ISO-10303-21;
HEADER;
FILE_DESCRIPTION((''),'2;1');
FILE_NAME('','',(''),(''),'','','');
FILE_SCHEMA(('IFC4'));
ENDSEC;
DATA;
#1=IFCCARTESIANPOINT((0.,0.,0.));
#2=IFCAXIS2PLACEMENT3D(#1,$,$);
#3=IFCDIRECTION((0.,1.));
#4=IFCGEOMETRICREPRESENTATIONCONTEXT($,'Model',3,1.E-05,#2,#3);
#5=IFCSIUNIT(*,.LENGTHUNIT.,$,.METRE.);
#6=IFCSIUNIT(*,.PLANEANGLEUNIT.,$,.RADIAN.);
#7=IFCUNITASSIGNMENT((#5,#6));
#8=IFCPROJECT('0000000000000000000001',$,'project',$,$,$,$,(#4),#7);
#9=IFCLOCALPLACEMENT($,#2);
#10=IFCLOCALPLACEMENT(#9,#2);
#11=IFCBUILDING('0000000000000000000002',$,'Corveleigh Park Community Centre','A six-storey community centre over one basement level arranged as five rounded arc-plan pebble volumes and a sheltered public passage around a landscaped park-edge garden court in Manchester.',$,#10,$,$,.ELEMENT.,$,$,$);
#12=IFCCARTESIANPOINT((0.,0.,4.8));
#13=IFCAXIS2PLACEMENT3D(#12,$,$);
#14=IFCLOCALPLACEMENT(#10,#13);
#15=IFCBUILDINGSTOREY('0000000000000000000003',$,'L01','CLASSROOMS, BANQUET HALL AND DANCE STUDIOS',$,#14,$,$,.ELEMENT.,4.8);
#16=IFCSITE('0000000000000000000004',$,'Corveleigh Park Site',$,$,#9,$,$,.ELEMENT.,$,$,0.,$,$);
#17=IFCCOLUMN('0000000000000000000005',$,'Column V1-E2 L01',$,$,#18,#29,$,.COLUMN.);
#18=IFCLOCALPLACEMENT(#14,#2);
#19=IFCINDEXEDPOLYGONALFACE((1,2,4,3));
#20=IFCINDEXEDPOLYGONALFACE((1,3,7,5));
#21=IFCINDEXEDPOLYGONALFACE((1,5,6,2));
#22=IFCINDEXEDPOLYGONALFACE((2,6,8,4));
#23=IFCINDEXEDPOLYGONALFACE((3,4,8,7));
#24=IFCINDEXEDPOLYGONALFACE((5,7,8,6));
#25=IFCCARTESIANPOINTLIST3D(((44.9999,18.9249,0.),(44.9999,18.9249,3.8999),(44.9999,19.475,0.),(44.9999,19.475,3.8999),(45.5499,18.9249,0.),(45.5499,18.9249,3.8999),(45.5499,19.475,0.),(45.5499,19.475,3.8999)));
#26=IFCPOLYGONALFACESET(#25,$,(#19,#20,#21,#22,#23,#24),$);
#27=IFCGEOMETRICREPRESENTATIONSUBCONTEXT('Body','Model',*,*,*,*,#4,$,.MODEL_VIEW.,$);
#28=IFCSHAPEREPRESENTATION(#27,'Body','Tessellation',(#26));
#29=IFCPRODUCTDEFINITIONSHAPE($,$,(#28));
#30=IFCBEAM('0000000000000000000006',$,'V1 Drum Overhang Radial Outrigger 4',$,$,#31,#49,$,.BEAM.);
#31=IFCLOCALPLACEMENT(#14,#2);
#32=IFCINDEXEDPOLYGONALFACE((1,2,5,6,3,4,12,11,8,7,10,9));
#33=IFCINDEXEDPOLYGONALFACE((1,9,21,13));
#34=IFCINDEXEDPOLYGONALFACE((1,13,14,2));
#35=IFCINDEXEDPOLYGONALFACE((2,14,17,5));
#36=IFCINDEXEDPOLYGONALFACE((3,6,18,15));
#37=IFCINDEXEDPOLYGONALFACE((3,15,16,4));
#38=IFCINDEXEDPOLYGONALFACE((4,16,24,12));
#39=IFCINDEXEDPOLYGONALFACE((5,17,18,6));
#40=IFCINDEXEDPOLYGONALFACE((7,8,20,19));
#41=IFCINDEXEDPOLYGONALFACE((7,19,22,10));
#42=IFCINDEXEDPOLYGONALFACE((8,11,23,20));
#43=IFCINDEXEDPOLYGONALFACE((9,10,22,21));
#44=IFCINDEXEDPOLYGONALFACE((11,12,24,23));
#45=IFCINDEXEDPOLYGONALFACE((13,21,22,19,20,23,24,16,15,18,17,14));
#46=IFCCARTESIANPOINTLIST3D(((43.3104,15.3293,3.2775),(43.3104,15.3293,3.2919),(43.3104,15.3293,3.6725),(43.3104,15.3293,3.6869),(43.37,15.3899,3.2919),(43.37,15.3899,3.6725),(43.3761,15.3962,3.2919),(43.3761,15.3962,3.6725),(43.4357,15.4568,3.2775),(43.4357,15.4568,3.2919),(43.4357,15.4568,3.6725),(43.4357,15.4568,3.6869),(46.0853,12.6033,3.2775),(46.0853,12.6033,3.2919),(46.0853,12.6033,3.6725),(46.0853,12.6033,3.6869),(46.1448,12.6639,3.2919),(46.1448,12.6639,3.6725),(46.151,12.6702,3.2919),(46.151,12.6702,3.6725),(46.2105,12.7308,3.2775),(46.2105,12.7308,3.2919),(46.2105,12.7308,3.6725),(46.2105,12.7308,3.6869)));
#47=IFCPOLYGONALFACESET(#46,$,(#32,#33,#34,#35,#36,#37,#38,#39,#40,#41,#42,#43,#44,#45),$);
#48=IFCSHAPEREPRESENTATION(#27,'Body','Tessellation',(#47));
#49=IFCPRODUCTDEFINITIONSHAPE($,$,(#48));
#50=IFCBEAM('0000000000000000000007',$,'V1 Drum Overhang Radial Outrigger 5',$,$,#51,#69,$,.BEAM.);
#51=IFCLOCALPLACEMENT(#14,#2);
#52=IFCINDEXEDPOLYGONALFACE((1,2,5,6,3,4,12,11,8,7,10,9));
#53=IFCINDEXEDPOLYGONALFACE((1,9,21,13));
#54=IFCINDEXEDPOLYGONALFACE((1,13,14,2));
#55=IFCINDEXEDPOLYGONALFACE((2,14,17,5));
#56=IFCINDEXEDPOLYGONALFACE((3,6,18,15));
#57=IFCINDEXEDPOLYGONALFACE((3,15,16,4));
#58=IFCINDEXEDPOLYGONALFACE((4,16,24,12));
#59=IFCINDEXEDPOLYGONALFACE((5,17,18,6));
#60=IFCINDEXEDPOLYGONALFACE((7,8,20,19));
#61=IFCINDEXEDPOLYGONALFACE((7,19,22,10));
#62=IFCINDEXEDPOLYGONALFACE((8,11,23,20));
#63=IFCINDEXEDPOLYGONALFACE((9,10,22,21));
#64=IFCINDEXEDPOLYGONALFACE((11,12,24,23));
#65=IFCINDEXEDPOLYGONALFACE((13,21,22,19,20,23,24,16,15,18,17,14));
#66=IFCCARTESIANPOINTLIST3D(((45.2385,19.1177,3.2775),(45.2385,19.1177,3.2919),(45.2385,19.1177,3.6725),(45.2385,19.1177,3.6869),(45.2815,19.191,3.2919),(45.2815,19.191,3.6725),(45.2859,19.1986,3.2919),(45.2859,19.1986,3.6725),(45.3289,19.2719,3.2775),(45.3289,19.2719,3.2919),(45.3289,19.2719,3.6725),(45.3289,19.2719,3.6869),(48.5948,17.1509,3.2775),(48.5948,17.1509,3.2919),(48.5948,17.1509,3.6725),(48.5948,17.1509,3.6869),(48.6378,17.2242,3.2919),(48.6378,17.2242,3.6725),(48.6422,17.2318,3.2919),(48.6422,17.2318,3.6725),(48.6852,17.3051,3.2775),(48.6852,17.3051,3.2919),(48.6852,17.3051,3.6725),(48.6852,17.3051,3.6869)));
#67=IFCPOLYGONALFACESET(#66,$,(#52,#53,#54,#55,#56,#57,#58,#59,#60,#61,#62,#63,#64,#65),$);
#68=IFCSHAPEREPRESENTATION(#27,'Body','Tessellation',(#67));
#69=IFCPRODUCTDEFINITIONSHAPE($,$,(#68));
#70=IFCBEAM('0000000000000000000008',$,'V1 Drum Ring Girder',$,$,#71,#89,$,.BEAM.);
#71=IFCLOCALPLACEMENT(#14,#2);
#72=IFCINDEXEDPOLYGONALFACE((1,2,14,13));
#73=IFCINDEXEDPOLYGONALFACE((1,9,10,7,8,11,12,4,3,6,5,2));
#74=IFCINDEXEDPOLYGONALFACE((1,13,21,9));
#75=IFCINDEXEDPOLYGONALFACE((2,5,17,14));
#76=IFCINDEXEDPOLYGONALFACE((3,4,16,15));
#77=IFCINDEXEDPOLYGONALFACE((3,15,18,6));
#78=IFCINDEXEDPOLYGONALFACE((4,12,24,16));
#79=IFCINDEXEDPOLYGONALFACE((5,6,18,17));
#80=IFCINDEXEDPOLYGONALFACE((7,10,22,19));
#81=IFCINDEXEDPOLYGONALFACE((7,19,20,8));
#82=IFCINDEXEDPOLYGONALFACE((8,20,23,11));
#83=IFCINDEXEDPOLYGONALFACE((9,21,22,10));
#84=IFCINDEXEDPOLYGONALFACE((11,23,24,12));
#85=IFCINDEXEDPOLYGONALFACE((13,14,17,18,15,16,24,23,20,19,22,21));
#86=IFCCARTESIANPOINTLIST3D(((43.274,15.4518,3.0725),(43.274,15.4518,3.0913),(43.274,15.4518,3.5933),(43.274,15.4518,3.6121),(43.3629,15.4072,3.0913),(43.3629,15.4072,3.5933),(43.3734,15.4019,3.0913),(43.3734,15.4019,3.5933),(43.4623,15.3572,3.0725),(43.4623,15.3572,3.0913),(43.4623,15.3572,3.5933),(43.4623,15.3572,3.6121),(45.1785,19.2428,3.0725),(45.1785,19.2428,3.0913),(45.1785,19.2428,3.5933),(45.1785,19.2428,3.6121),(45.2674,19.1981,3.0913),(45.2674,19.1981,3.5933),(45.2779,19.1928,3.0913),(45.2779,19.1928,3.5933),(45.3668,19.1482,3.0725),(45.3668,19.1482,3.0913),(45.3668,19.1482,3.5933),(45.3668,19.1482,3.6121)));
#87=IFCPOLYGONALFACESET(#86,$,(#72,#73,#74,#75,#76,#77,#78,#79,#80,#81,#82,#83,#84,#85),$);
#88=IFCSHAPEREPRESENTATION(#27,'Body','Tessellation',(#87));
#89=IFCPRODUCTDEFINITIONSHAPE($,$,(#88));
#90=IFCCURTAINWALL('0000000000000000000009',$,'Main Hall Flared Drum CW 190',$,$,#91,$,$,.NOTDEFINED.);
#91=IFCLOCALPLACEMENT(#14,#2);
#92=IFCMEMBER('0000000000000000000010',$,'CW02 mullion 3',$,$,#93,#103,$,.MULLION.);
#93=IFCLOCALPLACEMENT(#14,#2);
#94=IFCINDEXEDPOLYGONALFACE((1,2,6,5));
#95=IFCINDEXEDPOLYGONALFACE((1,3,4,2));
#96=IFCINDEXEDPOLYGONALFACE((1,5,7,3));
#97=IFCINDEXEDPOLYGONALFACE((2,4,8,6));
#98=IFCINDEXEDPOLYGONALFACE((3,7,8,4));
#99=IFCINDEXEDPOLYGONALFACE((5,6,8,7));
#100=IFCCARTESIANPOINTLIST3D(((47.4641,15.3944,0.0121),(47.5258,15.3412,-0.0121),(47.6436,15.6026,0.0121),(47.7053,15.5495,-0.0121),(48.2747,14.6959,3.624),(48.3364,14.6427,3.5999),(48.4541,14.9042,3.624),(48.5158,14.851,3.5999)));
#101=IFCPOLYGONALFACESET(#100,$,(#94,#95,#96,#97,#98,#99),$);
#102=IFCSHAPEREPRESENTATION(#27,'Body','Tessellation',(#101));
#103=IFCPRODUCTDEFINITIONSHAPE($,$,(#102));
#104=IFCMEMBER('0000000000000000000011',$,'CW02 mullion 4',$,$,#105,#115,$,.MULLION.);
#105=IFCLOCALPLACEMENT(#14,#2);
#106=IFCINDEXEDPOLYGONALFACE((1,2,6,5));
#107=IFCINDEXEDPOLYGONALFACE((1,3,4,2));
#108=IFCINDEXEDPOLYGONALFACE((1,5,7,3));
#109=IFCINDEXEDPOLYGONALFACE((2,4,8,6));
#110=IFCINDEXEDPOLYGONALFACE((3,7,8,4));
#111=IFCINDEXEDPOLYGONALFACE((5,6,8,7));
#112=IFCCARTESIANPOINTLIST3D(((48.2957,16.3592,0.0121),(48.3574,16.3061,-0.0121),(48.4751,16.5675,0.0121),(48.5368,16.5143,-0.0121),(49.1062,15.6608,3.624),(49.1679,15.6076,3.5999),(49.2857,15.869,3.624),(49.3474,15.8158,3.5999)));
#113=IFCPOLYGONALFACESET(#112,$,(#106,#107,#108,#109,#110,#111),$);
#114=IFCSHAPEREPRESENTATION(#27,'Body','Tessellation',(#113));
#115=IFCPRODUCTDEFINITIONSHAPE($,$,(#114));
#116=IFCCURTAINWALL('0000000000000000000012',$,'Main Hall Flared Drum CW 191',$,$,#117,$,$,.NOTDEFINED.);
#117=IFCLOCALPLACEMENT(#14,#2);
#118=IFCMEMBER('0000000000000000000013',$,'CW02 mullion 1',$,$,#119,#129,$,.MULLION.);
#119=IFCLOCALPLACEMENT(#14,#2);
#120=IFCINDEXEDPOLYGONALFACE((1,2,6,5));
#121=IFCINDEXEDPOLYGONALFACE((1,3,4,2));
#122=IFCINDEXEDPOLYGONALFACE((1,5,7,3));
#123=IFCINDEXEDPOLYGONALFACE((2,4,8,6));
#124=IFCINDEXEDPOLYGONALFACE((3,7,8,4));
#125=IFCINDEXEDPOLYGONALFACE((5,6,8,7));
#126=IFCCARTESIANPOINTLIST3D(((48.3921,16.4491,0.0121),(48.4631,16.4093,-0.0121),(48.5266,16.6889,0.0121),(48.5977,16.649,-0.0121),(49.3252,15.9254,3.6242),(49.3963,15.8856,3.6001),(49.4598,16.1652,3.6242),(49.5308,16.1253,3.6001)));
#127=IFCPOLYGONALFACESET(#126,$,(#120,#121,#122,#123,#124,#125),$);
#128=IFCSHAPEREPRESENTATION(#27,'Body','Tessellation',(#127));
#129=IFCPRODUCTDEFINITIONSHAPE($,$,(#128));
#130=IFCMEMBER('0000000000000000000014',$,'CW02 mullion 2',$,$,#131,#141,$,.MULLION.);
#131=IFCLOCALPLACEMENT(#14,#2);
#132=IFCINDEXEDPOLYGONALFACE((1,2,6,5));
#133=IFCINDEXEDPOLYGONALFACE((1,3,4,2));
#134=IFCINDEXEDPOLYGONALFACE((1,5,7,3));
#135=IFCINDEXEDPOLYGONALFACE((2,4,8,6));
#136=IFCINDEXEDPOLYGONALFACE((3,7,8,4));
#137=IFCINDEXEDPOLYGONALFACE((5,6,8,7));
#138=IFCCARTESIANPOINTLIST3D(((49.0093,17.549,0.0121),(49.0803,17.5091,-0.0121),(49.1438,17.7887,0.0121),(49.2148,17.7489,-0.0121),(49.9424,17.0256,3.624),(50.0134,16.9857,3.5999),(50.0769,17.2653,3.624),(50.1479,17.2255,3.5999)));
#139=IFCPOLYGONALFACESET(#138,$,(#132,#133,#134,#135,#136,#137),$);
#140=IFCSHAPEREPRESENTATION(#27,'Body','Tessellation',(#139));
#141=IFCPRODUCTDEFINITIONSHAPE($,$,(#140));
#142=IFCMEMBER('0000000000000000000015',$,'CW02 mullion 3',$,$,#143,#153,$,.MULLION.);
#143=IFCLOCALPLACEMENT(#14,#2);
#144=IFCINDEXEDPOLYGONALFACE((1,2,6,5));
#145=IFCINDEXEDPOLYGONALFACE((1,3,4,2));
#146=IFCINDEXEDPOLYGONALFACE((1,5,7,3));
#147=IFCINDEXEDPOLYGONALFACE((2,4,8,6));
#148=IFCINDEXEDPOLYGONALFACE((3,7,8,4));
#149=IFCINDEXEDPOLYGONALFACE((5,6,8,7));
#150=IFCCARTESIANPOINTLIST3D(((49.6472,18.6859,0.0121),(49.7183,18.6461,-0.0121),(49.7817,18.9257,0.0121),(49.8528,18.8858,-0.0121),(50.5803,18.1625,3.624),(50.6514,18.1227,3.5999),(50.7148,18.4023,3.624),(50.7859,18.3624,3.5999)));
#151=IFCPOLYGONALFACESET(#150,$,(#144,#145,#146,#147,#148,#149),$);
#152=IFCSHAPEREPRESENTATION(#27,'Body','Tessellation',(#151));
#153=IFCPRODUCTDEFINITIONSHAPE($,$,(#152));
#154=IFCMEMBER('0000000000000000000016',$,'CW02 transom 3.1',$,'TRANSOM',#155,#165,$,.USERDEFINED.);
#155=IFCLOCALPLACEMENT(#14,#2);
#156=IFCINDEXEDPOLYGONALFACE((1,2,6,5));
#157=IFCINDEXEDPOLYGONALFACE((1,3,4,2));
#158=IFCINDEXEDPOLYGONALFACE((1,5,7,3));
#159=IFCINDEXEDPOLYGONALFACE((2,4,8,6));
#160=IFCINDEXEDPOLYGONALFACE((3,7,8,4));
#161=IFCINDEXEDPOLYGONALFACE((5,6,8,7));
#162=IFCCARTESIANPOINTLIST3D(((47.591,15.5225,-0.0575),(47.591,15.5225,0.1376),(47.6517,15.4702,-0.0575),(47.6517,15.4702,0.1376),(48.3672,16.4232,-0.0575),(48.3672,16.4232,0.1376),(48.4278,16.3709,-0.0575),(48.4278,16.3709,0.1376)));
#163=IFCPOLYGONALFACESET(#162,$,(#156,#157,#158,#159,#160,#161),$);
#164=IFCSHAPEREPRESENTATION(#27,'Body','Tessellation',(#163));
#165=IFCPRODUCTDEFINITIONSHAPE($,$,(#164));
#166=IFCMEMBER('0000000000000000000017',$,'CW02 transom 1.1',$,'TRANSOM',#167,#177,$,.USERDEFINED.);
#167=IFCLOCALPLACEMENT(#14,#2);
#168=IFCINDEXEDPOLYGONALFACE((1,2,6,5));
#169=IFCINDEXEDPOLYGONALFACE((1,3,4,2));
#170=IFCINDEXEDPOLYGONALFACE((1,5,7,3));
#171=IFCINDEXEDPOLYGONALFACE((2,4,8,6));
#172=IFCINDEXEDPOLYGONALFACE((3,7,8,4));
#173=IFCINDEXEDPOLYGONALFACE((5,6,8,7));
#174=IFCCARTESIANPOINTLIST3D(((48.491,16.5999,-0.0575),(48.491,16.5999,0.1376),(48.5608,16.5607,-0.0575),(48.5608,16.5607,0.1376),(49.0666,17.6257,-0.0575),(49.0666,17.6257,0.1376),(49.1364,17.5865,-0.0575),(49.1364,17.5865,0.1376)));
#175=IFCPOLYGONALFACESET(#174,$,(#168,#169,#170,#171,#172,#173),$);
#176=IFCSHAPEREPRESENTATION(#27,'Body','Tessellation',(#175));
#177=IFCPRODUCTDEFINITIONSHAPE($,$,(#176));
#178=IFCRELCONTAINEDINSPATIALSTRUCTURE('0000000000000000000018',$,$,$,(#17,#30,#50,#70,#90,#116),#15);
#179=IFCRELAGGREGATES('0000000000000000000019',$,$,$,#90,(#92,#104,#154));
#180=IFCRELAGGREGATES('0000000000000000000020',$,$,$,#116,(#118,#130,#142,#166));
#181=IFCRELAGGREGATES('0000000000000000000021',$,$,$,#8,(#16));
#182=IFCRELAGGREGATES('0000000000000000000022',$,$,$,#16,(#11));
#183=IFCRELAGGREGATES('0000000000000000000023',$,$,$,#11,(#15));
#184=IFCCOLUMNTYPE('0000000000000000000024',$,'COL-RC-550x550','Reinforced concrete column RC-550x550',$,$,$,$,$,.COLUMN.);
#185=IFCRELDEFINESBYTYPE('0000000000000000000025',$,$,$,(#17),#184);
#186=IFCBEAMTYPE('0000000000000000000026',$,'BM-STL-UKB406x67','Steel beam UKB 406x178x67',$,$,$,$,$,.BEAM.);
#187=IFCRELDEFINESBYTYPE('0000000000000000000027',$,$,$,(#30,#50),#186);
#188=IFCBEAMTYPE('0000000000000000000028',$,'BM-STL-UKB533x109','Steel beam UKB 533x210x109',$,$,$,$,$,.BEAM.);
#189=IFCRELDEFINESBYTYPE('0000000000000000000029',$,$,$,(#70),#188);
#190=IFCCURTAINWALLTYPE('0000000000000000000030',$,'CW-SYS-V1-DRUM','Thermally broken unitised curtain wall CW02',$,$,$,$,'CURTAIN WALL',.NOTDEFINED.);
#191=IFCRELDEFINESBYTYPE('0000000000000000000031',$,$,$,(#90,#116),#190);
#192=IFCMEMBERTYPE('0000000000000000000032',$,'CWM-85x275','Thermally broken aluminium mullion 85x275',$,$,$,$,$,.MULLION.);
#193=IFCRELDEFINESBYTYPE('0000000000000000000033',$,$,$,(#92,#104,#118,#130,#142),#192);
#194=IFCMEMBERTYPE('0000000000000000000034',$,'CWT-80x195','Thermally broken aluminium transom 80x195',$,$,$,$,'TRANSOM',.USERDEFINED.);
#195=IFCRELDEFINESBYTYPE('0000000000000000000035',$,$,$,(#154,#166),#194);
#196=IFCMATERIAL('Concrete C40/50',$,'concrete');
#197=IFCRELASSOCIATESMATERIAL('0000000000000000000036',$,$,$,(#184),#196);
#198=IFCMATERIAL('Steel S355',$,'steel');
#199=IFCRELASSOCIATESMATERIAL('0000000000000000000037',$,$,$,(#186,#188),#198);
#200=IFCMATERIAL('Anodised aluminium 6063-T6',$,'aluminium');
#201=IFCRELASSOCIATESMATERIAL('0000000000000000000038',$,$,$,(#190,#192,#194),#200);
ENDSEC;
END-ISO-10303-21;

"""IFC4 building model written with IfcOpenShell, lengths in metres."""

from ifc_helpers import new_model, si_unit, direction, frame, origin, origin_2d, place, context, subcontext, project, spatial, rectangle, i_section, extrude, material, material_profile, profile_set, type_object, element, aggregate, save


model = new_model("IFC4")

# Units and contexts
model_context = context("Model", 3, precision=1e-05, world=origin(), true_north=direction((0.0, 1.0)))
body_context = subcontext(model_context, "Body", "Model", "MODEL_VIEW")
ifc_project = project(units=[si_unit("LENGTHUNIT", "METRE"), si_unit("PLANEANGLEUNIT", "RADIAN")], contexts=[model_context])

# Site, building, storey
site_placement = place(None, origin())
site = spatial("IfcSite", under=ifc_project, at=site_placement, Name="Corveleigh Park Site", CompositionType="ELEMENT", RefElevation=0.0)
building_placement = place(site_placement, origin())
building = spatial("IfcBuilding", under=site, at=building_placement, Name="Corveleigh Park Community Centre", Description="A six-storey community centre over one basement level arranged as five rounded arc-plan pebble volumes and a sheltered public passage around a landscaped park-edge garden court in Manchester.", CompositionType="ELEMENT")
storey_placement = place(building_placement, frame((0.0, 0.0, 4.8)))
storey = spatial("IfcBuildingStorey", under=building, at=storey_placement, Name="L01", Description="CLASSROOMS, BANQUET HALL AND DANCE STUDIOS", CompositionType="ELEMENT", Elevation=4.8)

# Column
ifc_material_1 = material(Name="Concrete C40/50", Category="concrete")
ifc_material_profile_1 = material_profile(ifc_material_1, rectangle(XDim=0.55, YDim=0.55, at=origin_2d()), Name="RC-550x550", Category="concrete")
ifc_profile_set_1 = profile_set([ifc_material_profile_1], Name="Concrete C40/50")
column_type = type_object("IfcColumnType", Name="COL-RC-550x550", Description="Reinforced concrete column RC-550x550", PredefinedType="COLUMN", material=ifc_profile_set_1)
column_placement = place(storey_placement, frame((45.2749, 19.2, 0.0), z_axis=(0.0, 0.0, 1.0), x_axis=(1.0, 0.0, 0.0)))
element("IfcColumn", 1, at=column_placement, inside=storey, type_object=column_type, Name="Column V1-E2 L01", PredefinedType="COLUMN", context=body_context, shape_type="SweptSolid", body=[
    extrude(rectangle(XDim=0.55, YDim=0.55, at=origin_2d()), origin(), (0.0, 0.0, 1.0), 3.8999),
])

# Beams
ifc_material_2 = material(Name="Steel S355", Category="steel")
ifc_material_profile_2 = material_profile(ifc_material_2, i_section(OverallWidth=0.1787, OverallDepth=0.4094, WebThickness=0.0088, FlangeThickness=0.0144, at=origin_2d()), Name="UKB 406x178x67", Category="steel")
ifc_profile_set_2 = profile_set([ifc_material_profile_2], Name="Steel S355")
beam_type_1 = type_object("IfcBeamType", Name="BM-STL-UKB406x67", Description="Steel beam UKB 406x178x67", PredefinedType="BEAM", material=ifc_profile_set_2)
beam_1_placement = place(storey_placement, frame((43.373, 15.3931, 3.4822), z_axis=(0.713355, -0.700803, 0.0), x_axis=(0.700803, 0.713355, 0.0)))
element("IfcBeam", 2, at=beam_1_placement, inside=storey, type_object=beam_type_1, Name="V1 Drum Overhang Radial Outrigger 4", PredefinedType="BEAM", context=body_context, shape_type="SweptSolid", body=[
    extrude(i_section(OverallWidth=0.1787, OverallDepth=0.4094, WebThickness=0.0088, FlangeThickness=0.0144, at=origin_2d()), origin(), (0.0, 0.0, 1.0), 3.8899),
])
beam_2_placement = place(storey_placement, frame((45.2837, 19.1948, 3.4822), z_axis=(0.862769, -0.505599, 0.0), x_axis=(0.505599, 0.862769, 0.0)))
element("IfcBeam", 3, at=beam_2_placement, inside=storey, type_object=beam_type_1, Name="V1 Drum Overhang Radial Outrigger 5", PredefinedType="BEAM", context=body_context, shape_type="SweptSolid", body=[
    extrude(i_section(OverallWidth=0.1787, OverallDepth=0.4094, WebThickness=0.0088, FlangeThickness=0.0144, at=origin_2d()), origin(), (0.0, 0.0, 1.0), 3.8901),
])
ifc_material_profile_3 = material_profile(ifc_material_2, i_section(OverallWidth=0.2107, OverallDepth=0.5396, WebThickness=0.0117, FlangeThickness=0.0188, at=origin_2d()), Name="UKB 533x210x109", Category="steel")
ifc_profile_set_3 = profile_set([ifc_material_profile_3], Name="Steel S355")
beam_type_2 = type_object("IfcBeamType", Name="BM-STL-UKB533x109", Description="Steel beam UKB 533x210x109", PredefinedType="BEAM", material=ifc_profile_set_3)
beam_3_placement = place(storey_placement, frame((43.3682, 15.4045, 3.3423), z_axis=(0.448916, 0.893574, 0.0), x_axis=(-0.893574, 0.448916, 0.0)))
element("IfcBeam", 4, at=beam_3_placement, inside=storey, type_object=beam_type_2, Name="V1 Drum Ring Girder", PredefinedType="BEAM", context=body_context, shape_type="SweptSolid", body=[
    extrude(i_section(OverallWidth=0.2107, OverallDepth=0.5396, WebThickness=0.0117, FlangeThickness=0.0188, at=origin_2d()), origin(), (0.0, 0.0, 1.0), 4.2424),
])

# Curtain walls, members
ifc_material_3 = material(Name="Anodised aluminium 6063-T6", Category="aluminium")
curtain_wall_type = type_object("IfcCurtainWallType", Name="CW-SYS-V1-DRUM", Description="Thermally broken unitised curtain wall CW02", ElementType="CURTAIN WALL", PredefinedType="NOTDEFINED", material=ifc_material_3)
curtain_wall_1_placement = place(storey_placement, origin())
curtain_wall_1 = element("IfcCurtainWall", 5, at=curtain_wall_1_placement, inside=storey, type_object=curtain_wall_type, Name="Main Hall Flared Drum CW 190", PredefinedType="NOTDEFINED")
ifc_material_profile_4 = material_profile(ifc_material_3, rectangle(XDim=0.085, YDim=0.2749, at=origin_2d()), Name="ALU-M85x275", Category="aluminium")
ifc_profile_set_4 = profile_set([ifc_material_profile_4], Name="Anodised aluminium 6063-T6")
member_type_1 = type_object("IfcMemberType", Name="CWM-85x275", Description="Thermally broken aluminium mullion 85x275", PredefinedType="MULLION", material=ifc_profile_set_4)
member_1_placement = place(storey_placement, frame((47.5847, 15.4719, 0.0), z_axis=(0.215159, -0.185412, 0.958817), x_axis=(-0.726333, 0.625915, 0.284026)))
member_1 = element("IfcMember", 6, at=member_1_placement, type_object=member_type_1, Name="CW02 mullion 3", PredefinedType="MULLION", context=body_context, shape_type="SweptSolid", body=[
    extrude(rectangle(XDim=0.085, YDim=0.2749, at=origin_2d()), origin(), (0.0, 0.0, 1.0), 3.7671),
])
member_2_placement = place(storey_placement, frame((48.4163, 16.4368, 0.0), z_axis=(0.215159, -0.185412, 0.958817), x_axis=(-0.726333, 0.625915, 0.284026)))
member_2 = element("IfcMember", 7, at=member_2_placement, type_object=member_type_1, Name="CW02 mullion 4", PredefinedType="MULLION", context=body_context, shape_type="SweptSolid", body=[
    extrude(rectangle(XDim=0.085, YDim=0.2749, at=origin_2d()), origin(), (0.0, 0.0, 1.0), 3.7671),
])
curtain_wall_2_placement = place(storey_placement, origin())
curtain_wall_2 = element("IfcCurtainWall", 8, at=curtain_wall_2_placement, inside=storey, type_object=curtain_wall_type, Name="Main Hall Flared Drum CW 191", PredefinedType="NOTDEFINED")
member_3_placement = place(storey_placement, frame((48.4949, 16.5491, 0.0), z_axis=(0.247691, -0.13901, 0.958815), x_axis=(-0.836135, 0.469259, 0.284033)))
member_3 = element("IfcMember", 9, at=member_3_placement, type_object=member_type_1, Name="CW02 mullion 1", PredefinedType="MULLION", context=body_context, shape_type="SweptSolid", body=[
    extrude(rectangle(XDim=0.085, YDim=0.2749, at=origin_2d()), origin(), (0.0, 0.0, 1.0), 3.7673),
])
member_4_placement = place(storey_placement, frame((49.1121, 17.6489, 0.0), z_axis=(0.247693, -0.138947, 0.958823), x_axis=(-0.836235, 0.469097, 0.284004)))
member_4 = element("IfcMember", 10, at=member_4_placement, type_object=member_type_1, Name="CW02 mullion 2", PredefinedType="MULLION", context=body_context, shape_type="SweptSolid", body=[
    extrude(rectangle(XDim=0.085, YDim=0.2749, at=origin_2d()), origin(), (0.0, 0.0, 1.0), 3.7671),
])
member_5_placement = place(storey_placement, frame((49.75, 18.7859, 0.0), z_axis=(0.247693, -0.138947, 0.958823), x_axis=(-0.836235, 0.469097, 0.284004)))
member_5 = element("IfcMember", 11, at=member_5_placement, type_object=member_type_1, Name="CW02 mullion 3", PredefinedType="MULLION", context=body_context, shape_type="SweptSolid", body=[
    extrude(rectangle(XDim=0.085, YDim=0.2749, at=origin_2d()), origin(), (0.0, 0.0, 1.0), 3.7671),
])

# Members
ifc_material_profile_5 = material_profile(ifc_material_3, rectangle(XDim=0.0801, YDim=0.1951, at=origin_2d()), Name="ALU-T80x195", Category="aluminium")
ifc_profile_set_5 = profile_set([ifc_material_profile_5], Name="Anodised aluminium 6063-T6")
member_type_2 = type_object("IfcMemberType", Name="CWT-80x195", Description="Thermally broken aluminium transom 80x195", ElementType="TRANSOM", PredefinedType="USERDEFINED", material=ifc_profile_set_5)
member_6_placement = place(storey_placement, frame((47.6213, 15.4963, 0.04), z_axis=(0.652801, 0.757529, 0.0), x_axis=(-0.757529, 0.652801, 0.0)))
member_6 = element("IfcMember", 12, at=member_6_placement, type_object=member_type_2, Name="CW02 transom 3.1", ObjectType="TRANSOM", PredefinedType="USERDEFINED", context=body_context, shape_type="SweptSolid", body=[
    extrude(rectangle(XDim=0.0801, YDim=0.1951, at=origin_2d()), origin(), (0.0, 0.0, 1.0), 1.189),
])
member_7_placement = place(storey_placement, frame((48.5259, 16.5803, 0.04), z_axis=(0.489374, 0.872074, 0.0), x_axis=(-0.872074, 0.489374, 0.0)))
member_7 = element("IfcMember", 13, at=member_7_placement, type_object=member_type_2, Name="CW02 transom 1.1", ObjectType="TRANSOM", PredefinedType="USERDEFINED", context=body_context, shape_type="SweptSolid", body=[
    extrude(rectangle(XDim=0.0801, YDim=0.1951, at=origin_2d()), origin(), (0.0, 0.0, 1.0), 1.1763),
])

aggregate(curtain_wall_1, [member_1, member_2, member_6])
aggregate(curtain_wall_2, [member_3, member_4, member_5, member_7])

save(model, "model.ifc")
